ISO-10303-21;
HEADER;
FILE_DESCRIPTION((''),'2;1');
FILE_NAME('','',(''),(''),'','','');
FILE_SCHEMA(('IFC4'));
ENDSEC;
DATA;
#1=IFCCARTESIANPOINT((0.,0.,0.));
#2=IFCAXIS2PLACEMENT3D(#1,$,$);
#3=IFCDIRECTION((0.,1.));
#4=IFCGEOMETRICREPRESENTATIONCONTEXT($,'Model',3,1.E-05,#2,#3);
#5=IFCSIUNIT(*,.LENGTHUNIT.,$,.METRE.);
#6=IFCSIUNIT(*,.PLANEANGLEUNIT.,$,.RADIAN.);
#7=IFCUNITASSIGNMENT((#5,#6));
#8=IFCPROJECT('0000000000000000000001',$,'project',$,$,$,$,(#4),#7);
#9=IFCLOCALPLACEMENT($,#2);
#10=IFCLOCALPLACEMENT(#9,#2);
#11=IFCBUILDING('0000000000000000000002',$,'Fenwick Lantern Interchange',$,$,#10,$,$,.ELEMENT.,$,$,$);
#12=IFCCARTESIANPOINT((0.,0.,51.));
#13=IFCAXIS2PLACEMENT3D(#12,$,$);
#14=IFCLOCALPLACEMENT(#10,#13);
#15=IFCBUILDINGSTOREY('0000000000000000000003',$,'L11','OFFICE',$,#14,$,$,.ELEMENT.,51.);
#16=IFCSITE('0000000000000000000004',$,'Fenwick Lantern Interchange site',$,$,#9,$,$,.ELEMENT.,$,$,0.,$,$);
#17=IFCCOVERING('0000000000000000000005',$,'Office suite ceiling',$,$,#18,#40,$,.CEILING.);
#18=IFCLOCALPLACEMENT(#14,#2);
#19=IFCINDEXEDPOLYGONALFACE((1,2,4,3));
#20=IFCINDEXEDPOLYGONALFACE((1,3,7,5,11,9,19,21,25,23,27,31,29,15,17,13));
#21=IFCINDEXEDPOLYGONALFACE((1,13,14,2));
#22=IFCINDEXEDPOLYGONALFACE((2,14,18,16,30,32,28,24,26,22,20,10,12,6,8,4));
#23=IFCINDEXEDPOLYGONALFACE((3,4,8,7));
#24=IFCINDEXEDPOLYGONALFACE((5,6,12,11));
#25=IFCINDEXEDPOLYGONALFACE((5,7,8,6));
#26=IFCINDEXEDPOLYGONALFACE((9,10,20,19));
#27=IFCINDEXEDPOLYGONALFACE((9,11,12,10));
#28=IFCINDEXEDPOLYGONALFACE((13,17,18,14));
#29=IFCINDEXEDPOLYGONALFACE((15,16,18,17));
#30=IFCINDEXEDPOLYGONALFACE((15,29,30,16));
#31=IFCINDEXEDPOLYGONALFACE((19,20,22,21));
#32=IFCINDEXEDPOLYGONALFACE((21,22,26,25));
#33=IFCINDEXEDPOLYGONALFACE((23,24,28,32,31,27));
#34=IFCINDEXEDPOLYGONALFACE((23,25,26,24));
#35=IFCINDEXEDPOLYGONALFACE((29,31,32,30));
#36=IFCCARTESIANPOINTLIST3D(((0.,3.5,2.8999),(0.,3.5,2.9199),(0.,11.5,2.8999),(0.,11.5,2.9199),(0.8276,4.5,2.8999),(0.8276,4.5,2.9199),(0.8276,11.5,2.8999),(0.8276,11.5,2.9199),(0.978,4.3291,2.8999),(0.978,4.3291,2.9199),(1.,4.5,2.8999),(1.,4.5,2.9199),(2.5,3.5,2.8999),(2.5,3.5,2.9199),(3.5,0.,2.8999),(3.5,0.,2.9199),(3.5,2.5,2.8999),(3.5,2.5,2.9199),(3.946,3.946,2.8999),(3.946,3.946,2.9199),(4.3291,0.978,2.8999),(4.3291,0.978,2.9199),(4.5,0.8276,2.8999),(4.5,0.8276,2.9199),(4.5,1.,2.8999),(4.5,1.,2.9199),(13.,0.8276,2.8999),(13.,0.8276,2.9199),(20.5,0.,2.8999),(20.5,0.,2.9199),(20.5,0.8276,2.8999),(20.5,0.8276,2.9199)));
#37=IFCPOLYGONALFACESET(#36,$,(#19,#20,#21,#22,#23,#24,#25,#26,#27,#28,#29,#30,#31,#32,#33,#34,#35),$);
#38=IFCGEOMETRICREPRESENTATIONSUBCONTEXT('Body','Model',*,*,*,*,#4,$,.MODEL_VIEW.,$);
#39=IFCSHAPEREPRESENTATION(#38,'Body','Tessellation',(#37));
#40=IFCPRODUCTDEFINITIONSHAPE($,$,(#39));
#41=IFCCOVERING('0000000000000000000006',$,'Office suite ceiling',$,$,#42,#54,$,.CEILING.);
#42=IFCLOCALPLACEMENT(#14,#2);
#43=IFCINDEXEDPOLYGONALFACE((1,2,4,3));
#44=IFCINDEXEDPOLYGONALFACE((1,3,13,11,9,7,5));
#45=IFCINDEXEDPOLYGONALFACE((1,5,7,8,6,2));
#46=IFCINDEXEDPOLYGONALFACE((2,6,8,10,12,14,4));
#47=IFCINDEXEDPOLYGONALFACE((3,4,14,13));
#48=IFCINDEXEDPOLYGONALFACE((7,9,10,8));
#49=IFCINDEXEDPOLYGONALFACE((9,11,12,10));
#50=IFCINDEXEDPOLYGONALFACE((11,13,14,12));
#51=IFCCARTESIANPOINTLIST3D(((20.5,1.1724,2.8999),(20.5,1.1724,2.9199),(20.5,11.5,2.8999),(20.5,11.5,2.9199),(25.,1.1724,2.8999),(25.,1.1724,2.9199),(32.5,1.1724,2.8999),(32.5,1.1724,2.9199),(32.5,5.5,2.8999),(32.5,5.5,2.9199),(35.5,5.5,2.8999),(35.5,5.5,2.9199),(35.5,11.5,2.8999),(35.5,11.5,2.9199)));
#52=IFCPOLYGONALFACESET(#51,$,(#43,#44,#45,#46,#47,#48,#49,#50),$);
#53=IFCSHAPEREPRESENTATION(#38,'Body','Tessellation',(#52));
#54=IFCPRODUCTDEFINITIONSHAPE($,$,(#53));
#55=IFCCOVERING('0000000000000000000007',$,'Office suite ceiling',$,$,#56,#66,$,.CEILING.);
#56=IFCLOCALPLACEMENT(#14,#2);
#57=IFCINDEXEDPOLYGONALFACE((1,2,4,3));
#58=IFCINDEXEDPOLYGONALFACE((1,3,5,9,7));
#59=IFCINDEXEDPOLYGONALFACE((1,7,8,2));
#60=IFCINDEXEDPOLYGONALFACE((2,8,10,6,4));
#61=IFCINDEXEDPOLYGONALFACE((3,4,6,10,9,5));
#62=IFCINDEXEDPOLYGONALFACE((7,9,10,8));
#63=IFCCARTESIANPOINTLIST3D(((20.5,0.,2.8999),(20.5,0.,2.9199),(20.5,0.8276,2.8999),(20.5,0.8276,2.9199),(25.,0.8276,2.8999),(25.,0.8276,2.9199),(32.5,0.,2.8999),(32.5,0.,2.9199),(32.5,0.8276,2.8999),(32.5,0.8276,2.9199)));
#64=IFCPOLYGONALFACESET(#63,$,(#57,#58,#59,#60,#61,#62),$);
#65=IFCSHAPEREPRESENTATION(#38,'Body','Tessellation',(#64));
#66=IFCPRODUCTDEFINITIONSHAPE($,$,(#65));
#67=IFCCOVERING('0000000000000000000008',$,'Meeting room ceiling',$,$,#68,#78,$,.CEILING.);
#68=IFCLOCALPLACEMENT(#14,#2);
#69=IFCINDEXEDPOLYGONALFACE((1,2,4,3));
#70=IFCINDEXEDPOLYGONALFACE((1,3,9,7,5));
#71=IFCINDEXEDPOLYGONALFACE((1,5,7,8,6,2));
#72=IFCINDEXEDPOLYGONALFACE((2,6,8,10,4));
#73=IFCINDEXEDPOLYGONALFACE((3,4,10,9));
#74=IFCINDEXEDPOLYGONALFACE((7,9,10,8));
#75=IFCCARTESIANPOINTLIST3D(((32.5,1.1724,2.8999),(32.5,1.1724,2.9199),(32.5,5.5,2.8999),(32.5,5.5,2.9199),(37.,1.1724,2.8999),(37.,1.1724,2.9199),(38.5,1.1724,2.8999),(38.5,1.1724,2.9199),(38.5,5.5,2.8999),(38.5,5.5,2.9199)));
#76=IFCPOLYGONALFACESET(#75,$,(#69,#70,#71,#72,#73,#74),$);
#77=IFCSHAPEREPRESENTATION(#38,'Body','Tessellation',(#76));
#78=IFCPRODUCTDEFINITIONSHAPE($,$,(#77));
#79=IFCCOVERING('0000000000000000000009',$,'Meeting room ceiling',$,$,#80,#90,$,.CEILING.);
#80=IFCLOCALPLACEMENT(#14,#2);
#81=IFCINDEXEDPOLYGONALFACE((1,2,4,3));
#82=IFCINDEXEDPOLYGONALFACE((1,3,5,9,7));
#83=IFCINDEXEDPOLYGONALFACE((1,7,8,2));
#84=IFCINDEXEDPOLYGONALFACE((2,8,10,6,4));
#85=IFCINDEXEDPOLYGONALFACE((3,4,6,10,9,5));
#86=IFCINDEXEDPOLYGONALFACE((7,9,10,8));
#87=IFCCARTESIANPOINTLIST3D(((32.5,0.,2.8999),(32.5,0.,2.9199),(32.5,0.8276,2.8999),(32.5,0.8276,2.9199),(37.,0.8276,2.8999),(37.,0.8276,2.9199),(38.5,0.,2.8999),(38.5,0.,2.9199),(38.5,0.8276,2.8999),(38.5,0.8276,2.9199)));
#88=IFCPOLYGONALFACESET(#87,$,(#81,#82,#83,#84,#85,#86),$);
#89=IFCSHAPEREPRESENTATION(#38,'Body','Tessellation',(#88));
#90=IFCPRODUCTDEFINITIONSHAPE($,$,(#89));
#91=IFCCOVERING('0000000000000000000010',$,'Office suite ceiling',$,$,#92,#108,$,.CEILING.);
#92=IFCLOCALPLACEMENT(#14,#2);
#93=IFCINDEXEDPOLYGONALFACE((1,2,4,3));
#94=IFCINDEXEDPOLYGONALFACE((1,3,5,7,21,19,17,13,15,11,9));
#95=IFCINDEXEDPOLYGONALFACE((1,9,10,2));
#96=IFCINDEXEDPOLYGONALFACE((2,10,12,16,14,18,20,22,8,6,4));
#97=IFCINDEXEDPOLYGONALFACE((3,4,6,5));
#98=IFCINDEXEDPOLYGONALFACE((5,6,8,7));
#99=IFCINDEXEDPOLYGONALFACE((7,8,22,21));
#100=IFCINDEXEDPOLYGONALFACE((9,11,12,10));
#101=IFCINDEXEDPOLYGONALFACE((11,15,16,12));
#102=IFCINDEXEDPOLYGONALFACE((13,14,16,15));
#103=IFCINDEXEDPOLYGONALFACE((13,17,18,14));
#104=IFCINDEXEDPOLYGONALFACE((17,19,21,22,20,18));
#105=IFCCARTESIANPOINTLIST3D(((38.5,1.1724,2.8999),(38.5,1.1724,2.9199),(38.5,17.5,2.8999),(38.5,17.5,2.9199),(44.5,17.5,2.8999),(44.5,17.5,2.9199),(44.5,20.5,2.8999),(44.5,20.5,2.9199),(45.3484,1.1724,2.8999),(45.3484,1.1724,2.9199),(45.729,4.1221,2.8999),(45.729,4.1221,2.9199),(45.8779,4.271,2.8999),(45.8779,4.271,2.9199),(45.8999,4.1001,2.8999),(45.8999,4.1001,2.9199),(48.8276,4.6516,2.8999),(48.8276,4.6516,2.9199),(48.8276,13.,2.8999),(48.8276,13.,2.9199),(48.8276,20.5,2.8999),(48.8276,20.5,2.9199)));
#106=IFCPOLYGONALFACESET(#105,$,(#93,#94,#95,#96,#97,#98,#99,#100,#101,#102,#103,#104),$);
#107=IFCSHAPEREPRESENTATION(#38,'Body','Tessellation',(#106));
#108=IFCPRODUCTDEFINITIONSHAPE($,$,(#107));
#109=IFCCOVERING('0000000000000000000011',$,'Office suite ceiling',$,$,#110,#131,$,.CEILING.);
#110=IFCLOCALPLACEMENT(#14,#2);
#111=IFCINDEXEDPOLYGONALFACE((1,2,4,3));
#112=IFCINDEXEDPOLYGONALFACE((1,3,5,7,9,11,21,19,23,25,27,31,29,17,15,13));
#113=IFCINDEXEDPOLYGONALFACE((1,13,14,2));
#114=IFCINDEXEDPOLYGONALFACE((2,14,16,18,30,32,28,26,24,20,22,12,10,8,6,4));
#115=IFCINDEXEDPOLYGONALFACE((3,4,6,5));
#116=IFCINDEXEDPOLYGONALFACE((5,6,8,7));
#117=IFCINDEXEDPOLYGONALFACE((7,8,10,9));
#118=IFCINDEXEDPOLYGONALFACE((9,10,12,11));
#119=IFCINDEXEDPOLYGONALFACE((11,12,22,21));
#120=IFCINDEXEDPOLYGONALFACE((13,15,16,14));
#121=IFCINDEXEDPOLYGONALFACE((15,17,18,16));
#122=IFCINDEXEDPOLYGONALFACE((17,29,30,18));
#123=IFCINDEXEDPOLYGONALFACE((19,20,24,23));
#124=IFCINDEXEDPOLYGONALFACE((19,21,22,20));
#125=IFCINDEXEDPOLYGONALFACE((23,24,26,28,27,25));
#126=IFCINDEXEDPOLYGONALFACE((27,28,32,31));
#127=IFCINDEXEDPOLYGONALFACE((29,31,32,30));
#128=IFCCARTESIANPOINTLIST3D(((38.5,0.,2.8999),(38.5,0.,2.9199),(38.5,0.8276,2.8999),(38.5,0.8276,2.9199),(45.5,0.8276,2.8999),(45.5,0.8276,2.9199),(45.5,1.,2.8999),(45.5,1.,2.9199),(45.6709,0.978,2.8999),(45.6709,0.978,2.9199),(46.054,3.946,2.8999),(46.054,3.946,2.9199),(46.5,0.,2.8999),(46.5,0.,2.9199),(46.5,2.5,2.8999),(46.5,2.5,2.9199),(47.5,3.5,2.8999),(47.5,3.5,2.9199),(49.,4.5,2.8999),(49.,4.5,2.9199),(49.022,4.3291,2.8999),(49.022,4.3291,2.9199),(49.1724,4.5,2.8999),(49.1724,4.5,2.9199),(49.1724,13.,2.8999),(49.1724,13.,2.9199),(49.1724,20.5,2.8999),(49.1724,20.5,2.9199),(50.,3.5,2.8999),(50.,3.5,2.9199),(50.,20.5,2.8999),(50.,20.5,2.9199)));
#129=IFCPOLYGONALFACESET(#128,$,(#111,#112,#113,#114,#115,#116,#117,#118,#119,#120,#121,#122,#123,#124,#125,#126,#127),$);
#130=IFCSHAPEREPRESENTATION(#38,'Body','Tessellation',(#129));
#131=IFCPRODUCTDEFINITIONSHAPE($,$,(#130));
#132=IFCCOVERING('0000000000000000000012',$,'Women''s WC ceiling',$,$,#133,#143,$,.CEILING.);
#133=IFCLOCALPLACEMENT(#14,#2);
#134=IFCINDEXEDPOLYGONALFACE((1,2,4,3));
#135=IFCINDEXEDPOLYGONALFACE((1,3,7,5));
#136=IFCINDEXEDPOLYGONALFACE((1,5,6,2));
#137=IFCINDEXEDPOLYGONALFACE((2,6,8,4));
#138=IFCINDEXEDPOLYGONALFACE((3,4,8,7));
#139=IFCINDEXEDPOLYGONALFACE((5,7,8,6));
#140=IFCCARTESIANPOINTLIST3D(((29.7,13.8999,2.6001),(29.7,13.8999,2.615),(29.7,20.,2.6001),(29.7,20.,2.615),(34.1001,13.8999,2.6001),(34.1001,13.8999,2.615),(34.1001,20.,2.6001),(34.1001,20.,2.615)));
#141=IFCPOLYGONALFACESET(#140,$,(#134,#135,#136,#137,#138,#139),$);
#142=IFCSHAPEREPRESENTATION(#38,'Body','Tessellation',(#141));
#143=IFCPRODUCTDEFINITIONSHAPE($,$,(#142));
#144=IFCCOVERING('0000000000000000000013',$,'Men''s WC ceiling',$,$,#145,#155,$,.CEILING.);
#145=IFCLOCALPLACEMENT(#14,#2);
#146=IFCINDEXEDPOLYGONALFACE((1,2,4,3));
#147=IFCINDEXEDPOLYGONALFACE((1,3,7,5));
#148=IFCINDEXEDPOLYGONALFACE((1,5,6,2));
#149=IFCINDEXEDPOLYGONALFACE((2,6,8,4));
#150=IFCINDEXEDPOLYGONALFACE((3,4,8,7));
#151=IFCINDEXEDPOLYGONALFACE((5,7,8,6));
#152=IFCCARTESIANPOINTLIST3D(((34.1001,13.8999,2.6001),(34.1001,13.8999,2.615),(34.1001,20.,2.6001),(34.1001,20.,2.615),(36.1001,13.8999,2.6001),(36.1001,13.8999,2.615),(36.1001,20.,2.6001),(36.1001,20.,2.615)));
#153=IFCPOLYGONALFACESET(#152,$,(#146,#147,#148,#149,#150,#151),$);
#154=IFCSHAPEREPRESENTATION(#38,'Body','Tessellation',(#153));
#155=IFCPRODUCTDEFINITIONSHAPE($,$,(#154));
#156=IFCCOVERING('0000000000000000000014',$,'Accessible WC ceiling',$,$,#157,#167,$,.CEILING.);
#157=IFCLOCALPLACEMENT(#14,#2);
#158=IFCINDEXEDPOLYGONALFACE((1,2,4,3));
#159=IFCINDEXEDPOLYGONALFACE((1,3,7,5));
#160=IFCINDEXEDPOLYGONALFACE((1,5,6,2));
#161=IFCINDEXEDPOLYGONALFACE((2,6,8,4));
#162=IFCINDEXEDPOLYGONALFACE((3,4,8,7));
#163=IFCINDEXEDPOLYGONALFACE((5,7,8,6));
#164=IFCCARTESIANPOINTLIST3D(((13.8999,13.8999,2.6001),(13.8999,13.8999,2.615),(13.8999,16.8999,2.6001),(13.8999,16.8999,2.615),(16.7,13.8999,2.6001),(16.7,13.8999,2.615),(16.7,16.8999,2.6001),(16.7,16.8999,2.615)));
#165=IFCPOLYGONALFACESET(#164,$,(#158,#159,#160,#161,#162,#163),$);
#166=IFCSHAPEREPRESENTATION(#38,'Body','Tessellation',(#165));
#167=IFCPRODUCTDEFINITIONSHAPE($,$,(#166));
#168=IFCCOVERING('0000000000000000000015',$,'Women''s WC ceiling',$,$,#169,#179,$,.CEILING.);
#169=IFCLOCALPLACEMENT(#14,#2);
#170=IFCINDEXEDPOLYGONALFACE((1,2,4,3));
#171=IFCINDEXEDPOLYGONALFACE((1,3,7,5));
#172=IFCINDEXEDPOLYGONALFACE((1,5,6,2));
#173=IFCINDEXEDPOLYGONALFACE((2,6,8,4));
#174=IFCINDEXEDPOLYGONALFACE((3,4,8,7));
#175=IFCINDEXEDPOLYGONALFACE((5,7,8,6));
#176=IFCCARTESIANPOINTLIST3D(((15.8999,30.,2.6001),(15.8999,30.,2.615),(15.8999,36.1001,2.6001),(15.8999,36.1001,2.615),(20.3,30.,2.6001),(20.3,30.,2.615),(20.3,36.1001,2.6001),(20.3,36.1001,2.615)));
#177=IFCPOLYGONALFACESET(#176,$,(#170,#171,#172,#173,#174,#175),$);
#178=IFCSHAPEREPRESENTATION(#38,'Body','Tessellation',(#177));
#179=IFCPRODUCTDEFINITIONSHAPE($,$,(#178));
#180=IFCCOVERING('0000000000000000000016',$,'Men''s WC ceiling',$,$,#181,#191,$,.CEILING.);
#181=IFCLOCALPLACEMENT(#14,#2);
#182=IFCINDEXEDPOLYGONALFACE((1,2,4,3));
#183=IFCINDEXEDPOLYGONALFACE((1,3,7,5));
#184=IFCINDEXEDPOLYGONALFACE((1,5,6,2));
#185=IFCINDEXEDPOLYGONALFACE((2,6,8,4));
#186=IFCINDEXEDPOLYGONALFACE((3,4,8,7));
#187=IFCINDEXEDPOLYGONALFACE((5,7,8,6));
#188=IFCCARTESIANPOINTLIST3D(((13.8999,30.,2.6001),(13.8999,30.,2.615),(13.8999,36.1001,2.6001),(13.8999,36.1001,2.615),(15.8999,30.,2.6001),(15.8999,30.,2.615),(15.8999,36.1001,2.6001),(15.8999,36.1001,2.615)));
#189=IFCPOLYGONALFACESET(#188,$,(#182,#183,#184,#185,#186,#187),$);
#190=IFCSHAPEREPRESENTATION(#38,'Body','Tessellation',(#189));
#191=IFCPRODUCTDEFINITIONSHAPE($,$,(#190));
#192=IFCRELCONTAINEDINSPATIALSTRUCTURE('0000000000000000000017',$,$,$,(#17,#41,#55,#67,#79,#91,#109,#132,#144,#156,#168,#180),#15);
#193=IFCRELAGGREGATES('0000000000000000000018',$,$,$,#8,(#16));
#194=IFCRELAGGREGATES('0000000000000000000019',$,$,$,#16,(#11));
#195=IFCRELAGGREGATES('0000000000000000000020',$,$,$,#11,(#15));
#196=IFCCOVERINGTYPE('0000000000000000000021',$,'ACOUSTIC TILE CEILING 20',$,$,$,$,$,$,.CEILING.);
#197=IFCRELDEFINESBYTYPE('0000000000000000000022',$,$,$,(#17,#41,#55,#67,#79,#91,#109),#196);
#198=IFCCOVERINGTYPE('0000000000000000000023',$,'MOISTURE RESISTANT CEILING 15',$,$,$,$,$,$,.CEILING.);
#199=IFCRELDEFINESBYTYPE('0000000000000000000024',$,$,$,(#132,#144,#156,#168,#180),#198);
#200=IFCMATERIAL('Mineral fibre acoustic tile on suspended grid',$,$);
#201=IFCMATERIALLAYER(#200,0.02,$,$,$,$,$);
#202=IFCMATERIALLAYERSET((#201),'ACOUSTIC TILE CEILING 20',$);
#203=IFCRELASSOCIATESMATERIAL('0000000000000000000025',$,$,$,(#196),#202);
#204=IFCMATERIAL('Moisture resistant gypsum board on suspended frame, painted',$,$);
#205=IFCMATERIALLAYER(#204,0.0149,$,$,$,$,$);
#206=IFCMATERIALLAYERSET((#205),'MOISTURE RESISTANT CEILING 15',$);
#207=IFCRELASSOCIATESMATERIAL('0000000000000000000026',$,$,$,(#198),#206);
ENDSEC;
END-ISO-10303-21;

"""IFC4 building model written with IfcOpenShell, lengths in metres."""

from ifc_helpers import new_model, si_unit, direction, frame, origin, place, context, subcontext, project, spatial, polyline, outline, extrude, material, layer, layer_set, type_object, element, save


model = new_model("IFC4")

# Units and contexts
model_context = context("Model", 3, precision=1e-05, world=origin(), true_north=direction((0.0, 1.0)))
body_context = subcontext(model_context, "Body", "Model", "MODEL_VIEW")
ifc_project = project(units=[si_unit("LENGTHUNIT", "METRE"), si_unit("PLANEANGLEUNIT", "RADIAN")], contexts=[model_context])

# Site, building, storey
site_placement = place(None, origin())
site = spatial("IfcSite", under=ifc_project, at=site_placement, Name="Fenwick Lantern Interchange site", CompositionType="ELEMENT", RefElevation=0.0)
building_placement = place(site_placement, origin())
building = spatial("IfcBuilding", under=site, at=building_placement, Name="Fenwick Lantern Interchange", CompositionType="ELEMENT")
storey_placement = place(building_placement, frame((0.0, 0.0, 51.0)))
storey = spatial("IfcBuildingStorey", under=building, at=storey_placement, Name="L11", Description="OFFICE", CompositionType="ELEMENT", Elevation=51.0)

# Coverings
ifc_material_1 = material(Name="Mineral fibre acoustic tile on suspended grid")
ifc_layer_1 = layer(ifc_material_1, 0.02)
ifc_layer_set_1 = layer_set([ifc_layer_1], Name="ACOUSTIC TILE CEILING 20")
covering_type_1 = type_object("IfcCoveringType", Name="ACOUSTIC TILE CEILING 20", PredefinedType="CEILING", material=ifc_layer_set_1)
covering_1_placement = place(storey_placement, frame((0.0, 0.0, 2.8999)))
element("IfcCovering", 1, at=covering_1_placement, inside=storey, type_object=covering_type_1, Name="Office suite ceiling", PredefinedType="CEILING", context=body_context, shape_type="SweptSolid", body=[
    extrude(outline(polyline([(20.5, 0.0), (20.5, 0.8276), (13.0, 0.8276), (4.5, 0.8276), (4.5, 1.0), (4.3291, 0.978), (3.946, 3.946), (0.978, 4.3291), (1.0, 4.5), (0.8276, 4.5), (0.8276, 11.5), (0.0, 11.5), (0.0, 3.5), (2.5, 3.5), (3.5, 2.5), (3.5, 0.0), (20.5, 0.0)])), origin(), (0.0, 0.0, 1.0), 0.02),
])
covering_2_placement = place(storey_placement, frame((0.0, 0.0, 2.8999)))
element("IfcCovering", 2, at=covering_2_placement, inside=storey, type_object=covering_type_1, Name="Office suite ceiling", PredefinedType="CEILING", context=body_context, shape_type="SweptSolid", body=[
    extrude(outline(polyline([(20.5, 11.5), (20.5, 1.1724), (25.0, 1.1724), (32.5, 1.1724), (32.5, 5.5), (35.5, 5.5), (35.5, 11.5), (20.5, 11.5)])), origin(), (0.0, 0.0, 1.0), 0.02),
])
covering_3_placement = place(storey_placement, frame((0.0, 0.0, 2.8999)))
element("IfcCovering", 3, at=covering_3_placement, inside=storey, type_object=covering_type_1, Name="Office suite ceiling", PredefinedType="CEILING", context=body_context, shape_type="SweptSolid", body=[
    extrude(outline(polyline([(20.5, 0.8276), (20.5, 0.0), (32.5, 0.0), (32.5, 0.8276), (25.0, 0.8276), (20.5, 0.8276)])), origin(), (0.0, 0.0, 1.0), 0.02),
])
covering_4_placement = place(storey_placement, frame((0.0, 0.0, 2.8999)))
element("IfcCovering", 4, at=covering_4_placement, inside=storey, type_object=covering_type_1, Name="Meeting room ceiling", PredefinedType="CEILING", context=body_context, shape_type="SweptSolid", body=[
    extrude(outline(polyline([(32.5, 5.5), (32.5, 1.1724), (37.0, 1.1724), (38.5, 1.1724), (38.5, 5.5), (32.5, 5.5)])), origin(), (0.0, 0.0, 1.0), 0.02),
])
covering_5_placement = place(storey_placement, frame((0.0, 0.0, 2.8999)))
element("IfcCovering", 5, at=covering_5_placement, inside=storey, type_object=covering_type_1, Name="Meeting room ceiling", PredefinedType="CEILING", context=body_context, shape_type="SweptSolid", body=[
    extrude(outline(polyline([(38.5, 0.0), (38.5, 0.8276), (37.0, 0.8276), (32.5, 0.8276), (32.5, 0.0), (38.5, 0.0)])), origin(), (0.0, 0.0, 1.0), 0.02),
])
covering_6_placement = place(storey_placement, frame((0.0, 0.0, 2.8999)))
element("IfcCovering", 6, at=covering_6_placement, inside=storey, type_object=covering_type_1, Name="Office suite ceiling", PredefinedType="CEILING", context=body_context, shape_type="SweptSolid", body=[
    extrude(outline(polyline([(48.8276, 20.5), (44.5, 20.5), (44.5, 17.5), (38.5, 17.5), (38.5, 1.1724), (45.3484, 1.1724), (45.729, 4.1221), (45.8999, 4.1001), (45.8779, 4.271), (48.8276, 4.6516), (48.8276, 13.0), (48.8276, 20.5)])), origin(), (0.0, 0.0, 1.0), 0.02),
])
covering_7_placement = place(storey_placement, frame((0.0, 0.0, 2.8999)))
element("IfcCovering", 7, at=covering_7_placement, inside=storey, type_object=covering_type_1, Name="Office suite ceiling", PredefinedType="CEILING", context=body_context, shape_type="SweptSolid", body=[
    extrude(outline(polyline([(50.0, 20.5), (49.1724, 20.5), (49.1724, 13.0), (49.1724, 4.5), (49.0, 4.5), (49.022, 4.3291), (46.054, 3.946), (45.6709, 0.978), (45.5, 1.0), (45.5, 0.8276), (38.5, 0.8276), (38.5, 0.0), (46.5, 0.0), (46.5, 2.5), (47.5, 3.5), (50.0, 3.5), (50.0, 20.5)])), origin(), (0.0, 0.0, 1.0), 0.02),
])
ifc_material_2 = material(Name="Moisture resistant gypsum board on suspended frame, painted")
ifc_layer_2 = layer(ifc_material_2, 0.0149)
ifc_layer_set_2 = layer_set([ifc_layer_2], Name="MOISTURE RESISTANT CEILING 15")
covering_type_2 = type_object("IfcCoveringType", Name="MOISTURE RESISTANT CEILING 15", PredefinedType="CEILING", material=ifc_layer_set_2)
covering_8_placement = place(storey_placement, frame((0.0, 0.0, 2.6001)))
element("IfcCovering", 8, at=covering_8_placement, inside=storey, type_object=covering_type_2, Name="Women's WC ceiling", PredefinedType="CEILING", context=body_context, shape_type="SweptSolid", body=[
    extrude(outline(polyline([(29.7, 13.8999), (34.1001, 13.8999), (34.1001, 20.0), (29.7, 20.0), (29.7, 13.8999)])), origin(), (0.0, 0.0, 1.0), 0.0149),
])
covering_9_placement = place(storey_placement, frame((0.0, 0.0, 2.6001)))
element("IfcCovering", 9, at=covering_9_placement, inside=storey, type_object=covering_type_2, Name="Men's WC ceiling", PredefinedType="CEILING", context=body_context, shape_type="SweptSolid", body=[
    extrude(outline(polyline([(34.1001, 13.8999), (36.1001, 13.8999), (36.1001, 20.0), (34.1001, 20.0), (34.1001, 13.8999)])), origin(), (0.0, 0.0, 1.0), 0.0149),
])
covering_10_placement = place(storey_placement, frame((0.0, 0.0, 2.6001)))
element("IfcCovering", 10, at=covering_10_placement, inside=storey, type_object=covering_type_2, Name="Accessible WC ceiling", PredefinedType="CEILING", context=body_context, shape_type="SweptSolid", body=[
    extrude(outline(polyline([(13.8999, 13.8999), (16.7, 13.8999), (16.7, 16.8999), (13.8999, 16.8999), (13.8999, 13.8999)])), origin(), (0.0, 0.0, 1.0), 0.0149),
])
covering_11_placement = place(storey_placement, frame((0.0, 0.0, 2.6001)))
element("IfcCovering", 11, at=covering_11_placement, inside=storey, type_object=covering_type_2, Name="Women's WC ceiling", PredefinedType="CEILING", context=body_context, shape_type="SweptSolid", body=[
    extrude(outline(polyline([(20.3, 36.1001), (15.8999, 36.1001), (15.8999, 30.0), (20.3, 30.0), (20.3, 36.1001)])), origin(), (0.0, 0.0, 1.0), 0.0149),
])
covering_12_placement = place(storey_placement, frame((0.0, 0.0, 2.6001)))
element("IfcCovering", 12, at=covering_12_placement, inside=storey, type_object=covering_type_2, Name="Men's WC ceiling", PredefinedType="CEILING", context=body_context, shape_type="SweptSolid", body=[
    extrude(outline(polyline([(15.8999, 36.1001), (13.8999, 36.1001), (13.8999, 30.0), (15.8999, 30.0), (15.8999, 36.1001)])), origin(), (0.0, 0.0, 1.0), 0.0149),
])

save(model, "model.ifc")
